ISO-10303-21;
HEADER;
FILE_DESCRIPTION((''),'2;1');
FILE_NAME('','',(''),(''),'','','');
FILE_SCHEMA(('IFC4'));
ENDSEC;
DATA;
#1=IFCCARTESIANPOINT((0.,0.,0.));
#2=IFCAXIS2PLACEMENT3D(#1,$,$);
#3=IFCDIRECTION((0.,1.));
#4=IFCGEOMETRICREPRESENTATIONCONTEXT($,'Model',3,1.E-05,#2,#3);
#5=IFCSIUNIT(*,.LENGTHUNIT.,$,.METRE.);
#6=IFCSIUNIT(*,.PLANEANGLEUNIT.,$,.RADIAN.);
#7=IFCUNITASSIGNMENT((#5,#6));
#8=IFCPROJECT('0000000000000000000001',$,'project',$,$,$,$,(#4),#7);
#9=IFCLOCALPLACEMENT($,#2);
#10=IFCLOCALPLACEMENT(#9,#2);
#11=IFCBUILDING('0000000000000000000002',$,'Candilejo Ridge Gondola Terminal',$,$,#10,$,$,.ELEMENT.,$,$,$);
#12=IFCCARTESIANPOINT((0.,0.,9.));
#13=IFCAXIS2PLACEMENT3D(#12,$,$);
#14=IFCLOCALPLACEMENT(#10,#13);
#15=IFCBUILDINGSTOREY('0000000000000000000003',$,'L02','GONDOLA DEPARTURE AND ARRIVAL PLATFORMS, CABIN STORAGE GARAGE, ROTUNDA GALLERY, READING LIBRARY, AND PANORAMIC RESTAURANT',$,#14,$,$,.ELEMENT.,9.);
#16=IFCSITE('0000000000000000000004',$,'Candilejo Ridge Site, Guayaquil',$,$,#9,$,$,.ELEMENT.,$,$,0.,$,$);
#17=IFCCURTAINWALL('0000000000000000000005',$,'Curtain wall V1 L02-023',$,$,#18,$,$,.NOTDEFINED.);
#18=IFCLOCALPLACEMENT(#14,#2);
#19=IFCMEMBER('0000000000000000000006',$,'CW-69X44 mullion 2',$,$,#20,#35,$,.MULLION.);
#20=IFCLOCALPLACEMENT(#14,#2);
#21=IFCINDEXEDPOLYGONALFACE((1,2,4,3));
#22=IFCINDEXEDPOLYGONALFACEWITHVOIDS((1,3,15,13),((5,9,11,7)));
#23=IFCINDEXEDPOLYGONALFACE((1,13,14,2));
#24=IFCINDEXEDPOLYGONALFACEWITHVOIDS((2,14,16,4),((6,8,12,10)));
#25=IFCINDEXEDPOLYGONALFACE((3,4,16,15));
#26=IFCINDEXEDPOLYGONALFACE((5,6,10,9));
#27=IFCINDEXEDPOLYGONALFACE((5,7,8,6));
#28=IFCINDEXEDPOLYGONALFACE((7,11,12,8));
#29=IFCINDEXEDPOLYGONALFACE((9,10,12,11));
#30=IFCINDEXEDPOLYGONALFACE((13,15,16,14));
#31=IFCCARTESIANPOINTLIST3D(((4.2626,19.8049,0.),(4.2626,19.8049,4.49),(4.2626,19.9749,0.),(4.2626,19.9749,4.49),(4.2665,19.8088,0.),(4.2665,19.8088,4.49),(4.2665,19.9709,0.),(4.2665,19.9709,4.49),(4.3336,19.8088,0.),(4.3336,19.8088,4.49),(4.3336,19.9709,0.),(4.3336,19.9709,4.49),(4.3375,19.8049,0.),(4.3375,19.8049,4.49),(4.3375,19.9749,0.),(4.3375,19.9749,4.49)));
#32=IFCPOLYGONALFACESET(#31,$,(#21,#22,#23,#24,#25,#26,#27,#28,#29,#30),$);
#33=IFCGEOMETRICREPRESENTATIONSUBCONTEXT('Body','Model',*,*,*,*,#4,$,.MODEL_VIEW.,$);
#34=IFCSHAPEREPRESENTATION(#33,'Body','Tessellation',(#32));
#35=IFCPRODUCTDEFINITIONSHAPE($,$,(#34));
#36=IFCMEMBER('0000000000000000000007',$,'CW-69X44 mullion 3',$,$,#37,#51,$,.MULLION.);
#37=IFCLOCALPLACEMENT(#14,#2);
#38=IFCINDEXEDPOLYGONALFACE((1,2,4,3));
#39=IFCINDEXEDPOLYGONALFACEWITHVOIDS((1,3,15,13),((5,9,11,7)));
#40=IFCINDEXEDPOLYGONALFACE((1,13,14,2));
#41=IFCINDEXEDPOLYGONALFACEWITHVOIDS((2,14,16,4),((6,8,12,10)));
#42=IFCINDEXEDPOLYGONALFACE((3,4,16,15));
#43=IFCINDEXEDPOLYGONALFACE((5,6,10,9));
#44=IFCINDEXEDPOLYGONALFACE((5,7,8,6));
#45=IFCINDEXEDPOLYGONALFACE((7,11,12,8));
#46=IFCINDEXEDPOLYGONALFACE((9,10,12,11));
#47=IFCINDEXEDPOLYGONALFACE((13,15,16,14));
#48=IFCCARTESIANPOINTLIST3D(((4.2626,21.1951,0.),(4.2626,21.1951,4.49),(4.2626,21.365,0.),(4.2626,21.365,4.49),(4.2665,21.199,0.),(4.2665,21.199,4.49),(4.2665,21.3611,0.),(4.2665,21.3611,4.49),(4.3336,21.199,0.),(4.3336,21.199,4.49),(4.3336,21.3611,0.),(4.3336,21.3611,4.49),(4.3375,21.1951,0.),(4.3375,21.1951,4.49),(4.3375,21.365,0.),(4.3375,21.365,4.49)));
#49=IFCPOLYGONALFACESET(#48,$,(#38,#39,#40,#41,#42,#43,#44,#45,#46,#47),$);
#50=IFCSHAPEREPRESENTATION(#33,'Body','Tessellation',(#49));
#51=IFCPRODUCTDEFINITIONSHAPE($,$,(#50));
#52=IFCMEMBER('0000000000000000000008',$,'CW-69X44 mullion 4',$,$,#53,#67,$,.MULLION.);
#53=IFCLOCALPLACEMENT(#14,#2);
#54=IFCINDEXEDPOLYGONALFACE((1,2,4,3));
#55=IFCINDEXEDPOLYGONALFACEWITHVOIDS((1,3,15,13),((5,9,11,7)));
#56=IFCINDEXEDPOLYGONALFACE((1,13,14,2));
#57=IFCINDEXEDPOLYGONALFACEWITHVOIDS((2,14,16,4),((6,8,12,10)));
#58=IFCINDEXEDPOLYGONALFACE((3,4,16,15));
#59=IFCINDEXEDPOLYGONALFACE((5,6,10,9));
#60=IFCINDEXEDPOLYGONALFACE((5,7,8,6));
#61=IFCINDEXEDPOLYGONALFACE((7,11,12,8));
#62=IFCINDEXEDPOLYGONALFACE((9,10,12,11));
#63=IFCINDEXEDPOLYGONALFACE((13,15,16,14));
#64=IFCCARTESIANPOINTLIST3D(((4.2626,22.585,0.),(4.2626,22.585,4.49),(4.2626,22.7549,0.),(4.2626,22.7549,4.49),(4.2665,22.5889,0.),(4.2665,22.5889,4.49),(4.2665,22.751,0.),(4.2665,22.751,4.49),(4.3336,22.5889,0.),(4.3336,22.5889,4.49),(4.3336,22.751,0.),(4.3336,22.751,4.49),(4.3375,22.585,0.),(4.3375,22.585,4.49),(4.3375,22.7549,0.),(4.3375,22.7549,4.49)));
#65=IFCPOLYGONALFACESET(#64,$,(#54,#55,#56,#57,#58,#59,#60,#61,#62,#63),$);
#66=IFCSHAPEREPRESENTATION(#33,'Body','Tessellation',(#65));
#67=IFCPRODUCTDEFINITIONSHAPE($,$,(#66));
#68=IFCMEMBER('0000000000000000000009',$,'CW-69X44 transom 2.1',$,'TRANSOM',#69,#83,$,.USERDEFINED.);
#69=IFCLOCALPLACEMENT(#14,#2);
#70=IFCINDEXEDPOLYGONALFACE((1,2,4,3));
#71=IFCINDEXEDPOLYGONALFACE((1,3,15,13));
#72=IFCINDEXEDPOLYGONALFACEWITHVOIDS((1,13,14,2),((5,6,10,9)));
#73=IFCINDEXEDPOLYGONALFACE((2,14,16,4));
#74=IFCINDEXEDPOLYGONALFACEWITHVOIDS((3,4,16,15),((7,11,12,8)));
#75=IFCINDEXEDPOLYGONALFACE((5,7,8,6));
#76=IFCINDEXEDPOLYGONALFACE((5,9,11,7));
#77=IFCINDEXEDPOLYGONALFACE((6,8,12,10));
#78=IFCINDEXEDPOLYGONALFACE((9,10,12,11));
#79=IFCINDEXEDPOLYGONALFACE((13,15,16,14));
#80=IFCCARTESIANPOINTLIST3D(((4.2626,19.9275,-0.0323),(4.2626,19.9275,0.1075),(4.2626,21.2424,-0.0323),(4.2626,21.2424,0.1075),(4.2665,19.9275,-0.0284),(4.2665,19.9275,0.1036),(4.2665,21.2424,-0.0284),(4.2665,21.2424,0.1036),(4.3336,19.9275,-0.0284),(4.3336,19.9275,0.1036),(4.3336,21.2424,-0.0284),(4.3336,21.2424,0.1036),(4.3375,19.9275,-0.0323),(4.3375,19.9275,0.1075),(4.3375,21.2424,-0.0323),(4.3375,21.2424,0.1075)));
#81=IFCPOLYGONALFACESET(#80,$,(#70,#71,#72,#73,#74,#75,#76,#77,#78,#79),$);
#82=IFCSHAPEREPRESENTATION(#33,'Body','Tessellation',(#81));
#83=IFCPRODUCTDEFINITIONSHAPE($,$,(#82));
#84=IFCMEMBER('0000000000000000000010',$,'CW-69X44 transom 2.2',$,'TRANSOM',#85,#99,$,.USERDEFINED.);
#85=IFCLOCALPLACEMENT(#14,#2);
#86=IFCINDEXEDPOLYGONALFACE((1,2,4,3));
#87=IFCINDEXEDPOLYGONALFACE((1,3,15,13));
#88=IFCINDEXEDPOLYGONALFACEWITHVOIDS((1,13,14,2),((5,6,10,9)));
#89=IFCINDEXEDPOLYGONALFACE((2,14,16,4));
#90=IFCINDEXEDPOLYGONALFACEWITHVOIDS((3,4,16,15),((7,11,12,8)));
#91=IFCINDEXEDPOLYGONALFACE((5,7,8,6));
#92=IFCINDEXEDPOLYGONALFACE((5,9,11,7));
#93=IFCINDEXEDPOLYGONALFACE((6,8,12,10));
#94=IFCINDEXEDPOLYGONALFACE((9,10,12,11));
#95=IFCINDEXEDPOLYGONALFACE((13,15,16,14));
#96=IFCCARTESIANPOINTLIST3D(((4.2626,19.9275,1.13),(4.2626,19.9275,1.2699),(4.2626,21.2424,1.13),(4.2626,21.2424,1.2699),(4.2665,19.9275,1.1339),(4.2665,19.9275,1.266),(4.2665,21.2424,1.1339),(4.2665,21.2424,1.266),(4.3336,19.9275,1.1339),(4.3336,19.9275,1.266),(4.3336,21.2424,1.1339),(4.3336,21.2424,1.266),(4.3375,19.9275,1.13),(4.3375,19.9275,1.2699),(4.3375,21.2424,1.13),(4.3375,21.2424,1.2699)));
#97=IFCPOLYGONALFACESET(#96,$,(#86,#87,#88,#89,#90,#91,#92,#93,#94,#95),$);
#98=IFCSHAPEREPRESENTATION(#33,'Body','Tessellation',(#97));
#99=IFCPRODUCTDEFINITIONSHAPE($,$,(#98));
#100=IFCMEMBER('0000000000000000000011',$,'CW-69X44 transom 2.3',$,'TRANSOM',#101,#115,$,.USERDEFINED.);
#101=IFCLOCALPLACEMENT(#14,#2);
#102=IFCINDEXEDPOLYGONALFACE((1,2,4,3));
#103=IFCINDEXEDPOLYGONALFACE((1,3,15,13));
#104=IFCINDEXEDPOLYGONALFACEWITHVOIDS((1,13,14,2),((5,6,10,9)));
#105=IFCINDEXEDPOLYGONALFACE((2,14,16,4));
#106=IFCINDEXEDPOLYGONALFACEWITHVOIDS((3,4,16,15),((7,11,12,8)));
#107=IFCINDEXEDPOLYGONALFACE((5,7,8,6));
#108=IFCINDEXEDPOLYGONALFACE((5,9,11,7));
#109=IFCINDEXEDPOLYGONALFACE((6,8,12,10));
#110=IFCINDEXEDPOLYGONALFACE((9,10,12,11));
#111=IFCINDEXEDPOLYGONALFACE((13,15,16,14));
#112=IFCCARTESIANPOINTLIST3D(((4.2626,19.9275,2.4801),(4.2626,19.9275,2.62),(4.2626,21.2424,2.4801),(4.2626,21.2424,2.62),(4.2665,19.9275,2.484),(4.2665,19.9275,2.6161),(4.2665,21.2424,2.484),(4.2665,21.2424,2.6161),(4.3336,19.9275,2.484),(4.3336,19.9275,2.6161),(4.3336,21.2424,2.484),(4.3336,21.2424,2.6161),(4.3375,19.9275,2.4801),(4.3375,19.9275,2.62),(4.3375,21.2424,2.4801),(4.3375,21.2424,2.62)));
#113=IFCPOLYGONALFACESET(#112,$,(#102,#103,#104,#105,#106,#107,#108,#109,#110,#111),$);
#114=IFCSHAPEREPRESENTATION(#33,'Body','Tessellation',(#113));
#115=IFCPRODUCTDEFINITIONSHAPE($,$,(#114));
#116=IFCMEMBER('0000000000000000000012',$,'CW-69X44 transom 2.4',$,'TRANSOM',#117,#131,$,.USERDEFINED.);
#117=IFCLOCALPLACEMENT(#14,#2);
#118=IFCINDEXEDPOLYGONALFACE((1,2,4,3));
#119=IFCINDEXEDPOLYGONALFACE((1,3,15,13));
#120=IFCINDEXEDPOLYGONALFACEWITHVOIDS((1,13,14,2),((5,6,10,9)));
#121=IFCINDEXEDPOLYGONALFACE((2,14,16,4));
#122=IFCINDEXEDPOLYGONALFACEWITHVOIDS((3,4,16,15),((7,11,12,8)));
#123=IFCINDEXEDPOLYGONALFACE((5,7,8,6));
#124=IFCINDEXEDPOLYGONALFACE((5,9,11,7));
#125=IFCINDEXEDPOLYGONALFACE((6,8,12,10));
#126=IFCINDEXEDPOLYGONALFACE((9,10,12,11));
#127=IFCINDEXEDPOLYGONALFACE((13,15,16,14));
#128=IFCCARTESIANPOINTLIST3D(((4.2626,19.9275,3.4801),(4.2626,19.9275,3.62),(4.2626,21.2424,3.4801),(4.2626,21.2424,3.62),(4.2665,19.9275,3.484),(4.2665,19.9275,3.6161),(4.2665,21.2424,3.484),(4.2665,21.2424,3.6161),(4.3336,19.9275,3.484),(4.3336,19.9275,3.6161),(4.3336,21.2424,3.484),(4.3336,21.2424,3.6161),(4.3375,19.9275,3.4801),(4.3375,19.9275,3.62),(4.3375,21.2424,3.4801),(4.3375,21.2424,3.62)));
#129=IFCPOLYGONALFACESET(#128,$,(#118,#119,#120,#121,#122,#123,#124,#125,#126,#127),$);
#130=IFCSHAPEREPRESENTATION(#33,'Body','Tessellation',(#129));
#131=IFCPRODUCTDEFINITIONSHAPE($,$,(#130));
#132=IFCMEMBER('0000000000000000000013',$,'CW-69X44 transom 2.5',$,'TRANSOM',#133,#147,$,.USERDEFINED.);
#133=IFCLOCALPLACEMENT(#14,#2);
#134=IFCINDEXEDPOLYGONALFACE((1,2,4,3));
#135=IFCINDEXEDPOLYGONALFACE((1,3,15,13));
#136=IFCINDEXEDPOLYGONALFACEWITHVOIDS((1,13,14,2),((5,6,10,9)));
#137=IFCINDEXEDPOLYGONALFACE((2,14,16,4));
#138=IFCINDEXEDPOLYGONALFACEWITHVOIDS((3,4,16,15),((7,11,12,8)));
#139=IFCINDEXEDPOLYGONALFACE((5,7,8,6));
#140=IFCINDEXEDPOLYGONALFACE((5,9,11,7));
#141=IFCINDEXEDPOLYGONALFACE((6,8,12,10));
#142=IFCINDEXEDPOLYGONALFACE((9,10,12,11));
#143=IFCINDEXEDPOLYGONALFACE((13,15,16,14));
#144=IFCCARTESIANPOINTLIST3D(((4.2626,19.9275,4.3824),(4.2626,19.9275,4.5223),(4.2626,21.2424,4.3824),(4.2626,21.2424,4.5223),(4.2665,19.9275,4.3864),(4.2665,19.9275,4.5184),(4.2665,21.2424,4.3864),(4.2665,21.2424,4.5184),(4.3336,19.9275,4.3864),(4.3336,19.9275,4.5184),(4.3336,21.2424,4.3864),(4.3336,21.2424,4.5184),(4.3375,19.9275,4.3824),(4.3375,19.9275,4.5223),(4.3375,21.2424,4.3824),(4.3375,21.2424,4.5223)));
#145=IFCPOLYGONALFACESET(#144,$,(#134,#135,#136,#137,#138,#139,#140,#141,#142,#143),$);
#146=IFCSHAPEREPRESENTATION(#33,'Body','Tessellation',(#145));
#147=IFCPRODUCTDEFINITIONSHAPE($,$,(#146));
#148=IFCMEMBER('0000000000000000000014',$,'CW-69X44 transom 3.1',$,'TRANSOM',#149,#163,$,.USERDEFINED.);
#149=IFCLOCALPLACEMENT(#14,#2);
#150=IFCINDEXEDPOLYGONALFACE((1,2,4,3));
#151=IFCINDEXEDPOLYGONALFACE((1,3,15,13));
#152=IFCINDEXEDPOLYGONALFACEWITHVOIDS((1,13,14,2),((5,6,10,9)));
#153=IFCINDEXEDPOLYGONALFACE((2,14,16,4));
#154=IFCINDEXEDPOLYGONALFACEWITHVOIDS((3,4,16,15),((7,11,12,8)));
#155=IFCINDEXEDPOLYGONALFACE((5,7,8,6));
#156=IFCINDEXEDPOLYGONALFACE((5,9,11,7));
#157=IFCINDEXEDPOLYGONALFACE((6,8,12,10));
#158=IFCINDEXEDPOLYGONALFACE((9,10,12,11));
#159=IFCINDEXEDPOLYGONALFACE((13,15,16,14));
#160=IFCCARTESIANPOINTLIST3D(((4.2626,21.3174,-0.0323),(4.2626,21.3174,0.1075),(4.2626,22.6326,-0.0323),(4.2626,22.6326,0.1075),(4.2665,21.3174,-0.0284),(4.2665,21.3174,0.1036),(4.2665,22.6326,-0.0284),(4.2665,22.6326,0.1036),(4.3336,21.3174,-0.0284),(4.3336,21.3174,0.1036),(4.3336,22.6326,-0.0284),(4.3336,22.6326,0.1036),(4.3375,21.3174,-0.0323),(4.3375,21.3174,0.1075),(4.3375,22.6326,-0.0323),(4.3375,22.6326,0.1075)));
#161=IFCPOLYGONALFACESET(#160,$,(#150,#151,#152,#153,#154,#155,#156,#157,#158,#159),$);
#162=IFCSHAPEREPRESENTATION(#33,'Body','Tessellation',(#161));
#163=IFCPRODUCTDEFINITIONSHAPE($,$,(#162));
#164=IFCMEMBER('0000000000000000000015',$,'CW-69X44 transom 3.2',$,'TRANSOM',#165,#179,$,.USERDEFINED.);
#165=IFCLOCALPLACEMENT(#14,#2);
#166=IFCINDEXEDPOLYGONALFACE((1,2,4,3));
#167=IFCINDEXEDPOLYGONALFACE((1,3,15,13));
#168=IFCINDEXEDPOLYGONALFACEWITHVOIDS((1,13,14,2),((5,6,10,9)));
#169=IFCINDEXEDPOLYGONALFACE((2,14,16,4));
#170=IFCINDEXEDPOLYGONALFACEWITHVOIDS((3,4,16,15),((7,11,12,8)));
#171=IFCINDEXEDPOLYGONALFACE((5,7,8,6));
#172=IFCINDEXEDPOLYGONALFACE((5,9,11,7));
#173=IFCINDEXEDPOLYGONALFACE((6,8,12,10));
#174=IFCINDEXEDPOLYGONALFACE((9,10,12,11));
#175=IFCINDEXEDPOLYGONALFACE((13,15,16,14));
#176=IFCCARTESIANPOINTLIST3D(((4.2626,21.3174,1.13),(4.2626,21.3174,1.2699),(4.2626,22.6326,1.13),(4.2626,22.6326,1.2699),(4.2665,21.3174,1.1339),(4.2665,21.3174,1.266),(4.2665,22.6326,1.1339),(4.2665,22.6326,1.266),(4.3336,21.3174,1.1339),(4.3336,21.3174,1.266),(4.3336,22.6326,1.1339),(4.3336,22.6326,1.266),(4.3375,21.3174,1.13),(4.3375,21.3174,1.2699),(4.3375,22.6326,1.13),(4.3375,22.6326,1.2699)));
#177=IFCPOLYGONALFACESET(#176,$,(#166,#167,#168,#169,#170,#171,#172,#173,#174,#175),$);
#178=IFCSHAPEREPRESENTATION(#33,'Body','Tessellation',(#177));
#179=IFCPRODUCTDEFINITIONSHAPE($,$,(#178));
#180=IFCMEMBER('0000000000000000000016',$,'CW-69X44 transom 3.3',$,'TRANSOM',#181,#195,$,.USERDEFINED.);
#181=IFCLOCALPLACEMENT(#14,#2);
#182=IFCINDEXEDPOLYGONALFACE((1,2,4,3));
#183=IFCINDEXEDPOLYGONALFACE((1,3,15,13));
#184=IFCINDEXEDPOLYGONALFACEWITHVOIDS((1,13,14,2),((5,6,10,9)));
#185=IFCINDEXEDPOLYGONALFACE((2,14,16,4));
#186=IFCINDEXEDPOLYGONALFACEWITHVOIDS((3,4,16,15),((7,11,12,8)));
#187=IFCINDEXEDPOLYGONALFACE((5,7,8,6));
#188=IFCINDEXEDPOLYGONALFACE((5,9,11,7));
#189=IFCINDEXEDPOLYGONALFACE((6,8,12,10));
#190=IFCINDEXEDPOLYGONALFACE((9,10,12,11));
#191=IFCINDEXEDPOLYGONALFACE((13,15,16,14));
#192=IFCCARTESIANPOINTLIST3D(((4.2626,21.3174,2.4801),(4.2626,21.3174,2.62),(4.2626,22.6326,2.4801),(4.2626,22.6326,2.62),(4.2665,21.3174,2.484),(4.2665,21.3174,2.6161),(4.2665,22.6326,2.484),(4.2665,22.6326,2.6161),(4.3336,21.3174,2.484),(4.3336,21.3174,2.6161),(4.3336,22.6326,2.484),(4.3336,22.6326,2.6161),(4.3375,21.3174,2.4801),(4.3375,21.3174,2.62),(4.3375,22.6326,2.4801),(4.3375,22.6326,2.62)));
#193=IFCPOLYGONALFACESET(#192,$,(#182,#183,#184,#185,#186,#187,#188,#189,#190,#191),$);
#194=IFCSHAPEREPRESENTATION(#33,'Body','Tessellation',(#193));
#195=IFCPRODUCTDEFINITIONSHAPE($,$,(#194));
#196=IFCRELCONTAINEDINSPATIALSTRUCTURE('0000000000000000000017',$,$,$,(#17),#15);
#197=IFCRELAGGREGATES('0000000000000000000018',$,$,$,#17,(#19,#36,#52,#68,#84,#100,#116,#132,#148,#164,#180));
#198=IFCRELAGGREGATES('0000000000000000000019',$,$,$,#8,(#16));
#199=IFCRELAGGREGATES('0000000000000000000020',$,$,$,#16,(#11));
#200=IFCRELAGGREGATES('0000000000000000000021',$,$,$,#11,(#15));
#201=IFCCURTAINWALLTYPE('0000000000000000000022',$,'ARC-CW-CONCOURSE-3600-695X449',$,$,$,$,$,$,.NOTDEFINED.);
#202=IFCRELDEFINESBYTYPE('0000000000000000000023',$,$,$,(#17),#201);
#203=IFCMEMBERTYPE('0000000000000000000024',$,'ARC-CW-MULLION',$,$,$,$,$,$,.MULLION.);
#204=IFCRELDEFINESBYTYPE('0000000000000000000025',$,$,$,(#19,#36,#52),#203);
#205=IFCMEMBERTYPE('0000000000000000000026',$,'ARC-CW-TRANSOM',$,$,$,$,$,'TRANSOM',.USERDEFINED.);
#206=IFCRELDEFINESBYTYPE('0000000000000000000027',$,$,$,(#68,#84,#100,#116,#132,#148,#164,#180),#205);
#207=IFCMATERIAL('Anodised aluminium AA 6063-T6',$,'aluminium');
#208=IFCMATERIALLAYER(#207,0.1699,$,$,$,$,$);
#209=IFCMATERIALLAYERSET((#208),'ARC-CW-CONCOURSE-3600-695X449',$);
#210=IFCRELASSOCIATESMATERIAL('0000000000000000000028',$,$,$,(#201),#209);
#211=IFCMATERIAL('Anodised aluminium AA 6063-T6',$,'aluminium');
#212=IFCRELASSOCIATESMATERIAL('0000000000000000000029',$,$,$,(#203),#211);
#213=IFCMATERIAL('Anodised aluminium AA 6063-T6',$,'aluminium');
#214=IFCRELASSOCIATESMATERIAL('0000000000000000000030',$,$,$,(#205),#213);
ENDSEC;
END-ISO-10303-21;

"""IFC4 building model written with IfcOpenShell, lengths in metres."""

from ifc_helpers import new_model, si_unit, direction, frame, origin, origin_2d, place, context, subcontext, project, spatial, hollow_rectangle, extrude, material, layer, layer_set, material_profile, profile_set, type_object, element, aggregate, save


model = new_model("IFC4")

# Units and contexts
model_context = context("Model", 3, precision=1e-05, world=origin(), true_north=direction((0.0, 1.0)))
body_context = subcontext(model_context, "Body", "Model", "MODEL_VIEW")
ifc_project = project(units=[si_unit("LENGTHUNIT", "METRE"), si_unit("PLANEANGLEUNIT", "RADIAN")], contexts=[model_context])

# Site, building, storey
site_placement = place(None, origin())
site = spatial("IfcSite", under=ifc_project, at=site_placement, Name="Candilejo Ridge Site, Guayaquil", CompositionType="ELEMENT", RefElevation=0.0)
building_placement = place(site_placement, origin())
building = spatial("IfcBuilding", under=site, at=building_placement, Name="Candilejo Ridge Gondola Terminal", CompositionType="ELEMENT")
storey_placement = place(building_placement, frame((0.0, 0.0, 9.0)))
storey = spatial("IfcBuildingStorey", under=building, at=storey_placement, Name="L02", Description="GONDOLA DEPARTURE AND ARRIVAL PLATFORMS, CABIN STORAGE GARAGE, ROTUNDA GALLERY, READING LIBRARY, AND PANORAMIC RESTAURANT", CompositionType="ELEMENT", Elevation=9.0)

# Curtain wall, members
ifc_material_1 = material(Name="Anodised aluminium AA 6063-T6", Category="aluminium")
ifc_layer_1 = layer(ifc_material_1, 0.1699)
ifc_layer_set_1 = layer_set([ifc_layer_1], Name="ARC-CW-CONCOURSE-3600-695X449")
curtain_wall_type = type_object("IfcCurtainWallType", Name="ARC-CW-CONCOURSE-3600-695X449", PredefinedType="NOTDEFINED", material=ifc_layer_set_1)
curtain_wall_placement = place(storey_placement, origin())
curtain_wall = element("IfcCurtainWall", 1, at=curtain_wall_placement, inside=storey, type_object=curtain_wall_type, Name="Curtain wall V1 L02-023", PredefinedType="NOTDEFINED")
ifc_material_2 = material(Name="Anodised aluminium AA 6063-T6", Category="aluminium")
ifc_material_profile_1 = material_profile(ifc_material_2, hollow_rectangle(XDim=0.075, YDim=0.1699, WallThickness=0.0039, at=origin_2d()))
ifc_profile_set_1 = profile_set([ifc_material_profile_1], Name="Anodised aluminium AA 6063-T6")
member_type_1 = type_object("IfcMemberType", Name="ARC-CW-MULLION", PredefinedType="MULLION", material=ifc_profile_set_1)
member_1_placement = place(storey_placement, frame((4.3, 19.8899, 0.0), z_axis=(0.0, 0.0, 1.0), x_axis=(-1.0, 0.0, 0.0)))
member_1 = element("IfcMember", 2, at=member_1_placement, type_object=member_type_1, Name="CW-69X44 mullion 2", PredefinedType="MULLION", context=body_context, shape_type="SweptSolid", body=[
    extrude(hollow_rectangle(XDim=0.075, YDim=0.1699, WallThickness=0.0039, at=origin_2d()), origin(), (0.0, 0.0, 1.0), 4.49),
])
member_2_placement = place(storey_placement, frame((4.3, 21.28, 0.0), z_axis=(0.0, 0.0, 1.0), x_axis=(-1.0, 0.0, 0.0)))
member_2 = element("IfcMember", 3, at=member_2_placement, type_object=member_type_1, Name="CW-69X44 mullion 3", PredefinedType="MULLION", context=body_context, shape_type="SweptSolid", body=[
    extrude(hollow_rectangle(XDim=0.075, YDim=0.1699, WallThickness=0.0039, at=origin_2d()), origin(), (0.0, 0.0, 1.0), 4.49),
])
member_3_placement = place(storey_placement, frame((4.3, 22.6699, 0.0), z_axis=(0.0, 0.0, 1.0), x_axis=(-1.0, 0.0, 0.0)))
member_3 = element("IfcMember", 4, at=member_3_placement, type_object=member_type_1, Name="CW-69X44 mullion 4", PredefinedType="MULLION", context=body_context, shape_type="SweptSolid", body=[
    extrude(hollow_rectangle(XDim=0.075, YDim=0.1699, WallThickness=0.0039, at=origin_2d()), origin(), (0.0, 0.0, 1.0), 4.49),
])
ifc_material_3 = material(Name="Anodised aluminium AA 6063-T6", Category="aluminium")
ifc_material_profile_2 = material_profile(ifc_material_3, hollow_rectangle(XDim=0.075, YDim=0.1399, WallThickness=0.0039, at=origin_2d()))
ifc_profile_set_2 = profile_set([ifc_material_profile_2], Name="Anodised aluminium AA 6063-T6")
member_type_2 = type_object("IfcMemberType", Name="ARC-CW-TRANSOM", ElementType="TRANSOM", PredefinedType="USERDEFINED", material=ifc_profile_set_2)
member_4_placement = place(storey_placement, frame((4.3, 19.9275, 0.0376), z_axis=(0.0, 1.0, 0.0), x_axis=(-1.0, 0.0, 0.0)))
member_4 = element("IfcMember", 5, at=member_4_placement, type_object=member_type_2, Name="CW-69X44 transom 2.1", ObjectType="TRANSOM", PredefinedType="USERDEFINED", context=body_context, shape_type="SweptSolid", body=[
    extrude(hollow_rectangle(XDim=0.075, YDim=0.1399, WallThickness=0.0039, at=origin_2d()), origin(), (0.0, 0.0, 1.0), 1.3149),
])
member_5_placement = place(storey_placement, frame((4.3, 19.9275, 1.2), z_axis=(0.0, 1.0, 0.0), x_axis=(-1.0, 0.0, 0.0)))
member_5 = element("IfcMember", 6, at=member_5_placement, type_object=member_type_2, Name="CW-69X44 transom 2.2", ObjectType="TRANSOM", PredefinedType="USERDEFINED", context=body_context, shape_type="SweptSolid", body=[
    extrude(hollow_rectangle(XDim=0.075, YDim=0.1399, WallThickness=0.0039, at=origin_2d()), origin(), (0.0, 0.0, 1.0), 1.3149),
])
member_6_placement = place(storey_placement, frame((4.3, 19.9275, 2.55), z_axis=(0.0, 1.0, 0.0), x_axis=(-1.0, 0.0, 0.0)))
member_6 = element("IfcMember", 7, at=member_6_placement, type_object=member_type_2, Name="CW-69X44 transom 2.3", ObjectType="TRANSOM", PredefinedType="USERDEFINED", context=body_context, shape_type="SweptSolid", body=[
    extrude(hollow_rectangle(XDim=0.075, YDim=0.1399, WallThickness=0.0039, at=origin_2d()), origin(), (0.0, 0.0, 1.0), 1.3149),
])
member_7_placement = place(storey_placement, frame((4.3, 19.9275, 3.55), z_axis=(0.0, 1.0, 0.0), x_axis=(-1.0, 0.0, 0.0)))
member_7 = element("IfcMember", 8, at=member_7_placement, type_object=member_type_2, Name="CW-69X44 transom 2.4", ObjectType="TRANSOM", PredefinedType="USERDEFINED", context=body_context, shape_type="SweptSolid", body=[
    extrude(hollow_rectangle(XDim=0.075, YDim=0.1399, WallThickness=0.0039, at=origin_2d()), origin(), (0.0, 0.0, 1.0), 1.3149),
])
member_8_placement = place(storey_placement, frame((4.3, 19.9275, 4.4524), z_axis=(0.0, 1.0, 0.0), x_axis=(-1.0, 0.0, 0.0)))
member_8 = element("IfcMember", 9, at=member_8_placement, type_object=member_type_2, Name="CW-69X44 transom 2.5", ObjectType="TRANSOM", PredefinedType="USERDEFINED", context=body_context, shape_type="SweptSolid", body=[
    extrude(hollow_rectangle(XDim=0.075, YDim=0.1399, WallThickness=0.0039, at=origin_2d()), origin(), (0.0, 0.0, 1.0), 1.3149),
])
member_9_placement = place(storey_placement, frame((4.3, 21.3174, 0.0376), z_axis=(0.0, 1.0, 0.0), x_axis=(-1.0, 0.0, 0.0)))
member_9 = element("IfcMember", 10, at=member_9_placement, type_object=member_type_2, Name="CW-69X44 transom 3.1", ObjectType="TRANSOM", PredefinedType="USERDEFINED", context=body_context, shape_type="SweptSolid", body=[
    extrude(hollow_rectangle(XDim=0.075, YDim=0.1399, WallThickness=0.0039, at=origin_2d()), origin(), (0.0, 0.0, 1.0), 1.3152),
])
member_10_placement = place(storey_placement, frame((4.3, 21.3174, 1.2), z_axis=(0.0, 1.0, 0.0), x_axis=(-1.0, 0.0, 0.0)))
member_10 = element("IfcMember", 11, at=member_10_placement, type_object=member_type_2, Name="CW-69X44 transom 3.2", ObjectType="TRANSOM", PredefinedType="USERDEFINED", context=body_context, shape_type="SweptSolid", body=[
    extrude(hollow_rectangle(XDim=0.075, YDim=0.1399, WallThickness=0.0039, at=origin_2d()), origin(), (0.0, 0.0, 1.0), 1.3152),
])
member_11_placement = place(storey_placement, frame((4.3, 21.3174, 2.55), z_axis=(0.0, 1.0, 0.0), x_axis=(-1.0, 0.0, 0.0)))
member_11 = element("IfcMember", 12, at=member_11_placement, type_object=member_type_2, Name="CW-69X44 transom 3.3", ObjectType="TRANSOM", PredefinedType="USERDEFINED", context=body_context, shape_type="SweptSolid", body=[
    extrude(hollow_rectangle(XDim=0.075, YDim=0.1399, WallThickness=0.0039, at=origin_2d()), origin(), (0.0, 0.0, 1.0), 1.3152),
])
aggregate(curtain_wall, [member_1, member_2, member_3, member_4, member_5, member_6, member_7, member_8, member_9, member_10, member_11])

save(model, "model.ifc")
